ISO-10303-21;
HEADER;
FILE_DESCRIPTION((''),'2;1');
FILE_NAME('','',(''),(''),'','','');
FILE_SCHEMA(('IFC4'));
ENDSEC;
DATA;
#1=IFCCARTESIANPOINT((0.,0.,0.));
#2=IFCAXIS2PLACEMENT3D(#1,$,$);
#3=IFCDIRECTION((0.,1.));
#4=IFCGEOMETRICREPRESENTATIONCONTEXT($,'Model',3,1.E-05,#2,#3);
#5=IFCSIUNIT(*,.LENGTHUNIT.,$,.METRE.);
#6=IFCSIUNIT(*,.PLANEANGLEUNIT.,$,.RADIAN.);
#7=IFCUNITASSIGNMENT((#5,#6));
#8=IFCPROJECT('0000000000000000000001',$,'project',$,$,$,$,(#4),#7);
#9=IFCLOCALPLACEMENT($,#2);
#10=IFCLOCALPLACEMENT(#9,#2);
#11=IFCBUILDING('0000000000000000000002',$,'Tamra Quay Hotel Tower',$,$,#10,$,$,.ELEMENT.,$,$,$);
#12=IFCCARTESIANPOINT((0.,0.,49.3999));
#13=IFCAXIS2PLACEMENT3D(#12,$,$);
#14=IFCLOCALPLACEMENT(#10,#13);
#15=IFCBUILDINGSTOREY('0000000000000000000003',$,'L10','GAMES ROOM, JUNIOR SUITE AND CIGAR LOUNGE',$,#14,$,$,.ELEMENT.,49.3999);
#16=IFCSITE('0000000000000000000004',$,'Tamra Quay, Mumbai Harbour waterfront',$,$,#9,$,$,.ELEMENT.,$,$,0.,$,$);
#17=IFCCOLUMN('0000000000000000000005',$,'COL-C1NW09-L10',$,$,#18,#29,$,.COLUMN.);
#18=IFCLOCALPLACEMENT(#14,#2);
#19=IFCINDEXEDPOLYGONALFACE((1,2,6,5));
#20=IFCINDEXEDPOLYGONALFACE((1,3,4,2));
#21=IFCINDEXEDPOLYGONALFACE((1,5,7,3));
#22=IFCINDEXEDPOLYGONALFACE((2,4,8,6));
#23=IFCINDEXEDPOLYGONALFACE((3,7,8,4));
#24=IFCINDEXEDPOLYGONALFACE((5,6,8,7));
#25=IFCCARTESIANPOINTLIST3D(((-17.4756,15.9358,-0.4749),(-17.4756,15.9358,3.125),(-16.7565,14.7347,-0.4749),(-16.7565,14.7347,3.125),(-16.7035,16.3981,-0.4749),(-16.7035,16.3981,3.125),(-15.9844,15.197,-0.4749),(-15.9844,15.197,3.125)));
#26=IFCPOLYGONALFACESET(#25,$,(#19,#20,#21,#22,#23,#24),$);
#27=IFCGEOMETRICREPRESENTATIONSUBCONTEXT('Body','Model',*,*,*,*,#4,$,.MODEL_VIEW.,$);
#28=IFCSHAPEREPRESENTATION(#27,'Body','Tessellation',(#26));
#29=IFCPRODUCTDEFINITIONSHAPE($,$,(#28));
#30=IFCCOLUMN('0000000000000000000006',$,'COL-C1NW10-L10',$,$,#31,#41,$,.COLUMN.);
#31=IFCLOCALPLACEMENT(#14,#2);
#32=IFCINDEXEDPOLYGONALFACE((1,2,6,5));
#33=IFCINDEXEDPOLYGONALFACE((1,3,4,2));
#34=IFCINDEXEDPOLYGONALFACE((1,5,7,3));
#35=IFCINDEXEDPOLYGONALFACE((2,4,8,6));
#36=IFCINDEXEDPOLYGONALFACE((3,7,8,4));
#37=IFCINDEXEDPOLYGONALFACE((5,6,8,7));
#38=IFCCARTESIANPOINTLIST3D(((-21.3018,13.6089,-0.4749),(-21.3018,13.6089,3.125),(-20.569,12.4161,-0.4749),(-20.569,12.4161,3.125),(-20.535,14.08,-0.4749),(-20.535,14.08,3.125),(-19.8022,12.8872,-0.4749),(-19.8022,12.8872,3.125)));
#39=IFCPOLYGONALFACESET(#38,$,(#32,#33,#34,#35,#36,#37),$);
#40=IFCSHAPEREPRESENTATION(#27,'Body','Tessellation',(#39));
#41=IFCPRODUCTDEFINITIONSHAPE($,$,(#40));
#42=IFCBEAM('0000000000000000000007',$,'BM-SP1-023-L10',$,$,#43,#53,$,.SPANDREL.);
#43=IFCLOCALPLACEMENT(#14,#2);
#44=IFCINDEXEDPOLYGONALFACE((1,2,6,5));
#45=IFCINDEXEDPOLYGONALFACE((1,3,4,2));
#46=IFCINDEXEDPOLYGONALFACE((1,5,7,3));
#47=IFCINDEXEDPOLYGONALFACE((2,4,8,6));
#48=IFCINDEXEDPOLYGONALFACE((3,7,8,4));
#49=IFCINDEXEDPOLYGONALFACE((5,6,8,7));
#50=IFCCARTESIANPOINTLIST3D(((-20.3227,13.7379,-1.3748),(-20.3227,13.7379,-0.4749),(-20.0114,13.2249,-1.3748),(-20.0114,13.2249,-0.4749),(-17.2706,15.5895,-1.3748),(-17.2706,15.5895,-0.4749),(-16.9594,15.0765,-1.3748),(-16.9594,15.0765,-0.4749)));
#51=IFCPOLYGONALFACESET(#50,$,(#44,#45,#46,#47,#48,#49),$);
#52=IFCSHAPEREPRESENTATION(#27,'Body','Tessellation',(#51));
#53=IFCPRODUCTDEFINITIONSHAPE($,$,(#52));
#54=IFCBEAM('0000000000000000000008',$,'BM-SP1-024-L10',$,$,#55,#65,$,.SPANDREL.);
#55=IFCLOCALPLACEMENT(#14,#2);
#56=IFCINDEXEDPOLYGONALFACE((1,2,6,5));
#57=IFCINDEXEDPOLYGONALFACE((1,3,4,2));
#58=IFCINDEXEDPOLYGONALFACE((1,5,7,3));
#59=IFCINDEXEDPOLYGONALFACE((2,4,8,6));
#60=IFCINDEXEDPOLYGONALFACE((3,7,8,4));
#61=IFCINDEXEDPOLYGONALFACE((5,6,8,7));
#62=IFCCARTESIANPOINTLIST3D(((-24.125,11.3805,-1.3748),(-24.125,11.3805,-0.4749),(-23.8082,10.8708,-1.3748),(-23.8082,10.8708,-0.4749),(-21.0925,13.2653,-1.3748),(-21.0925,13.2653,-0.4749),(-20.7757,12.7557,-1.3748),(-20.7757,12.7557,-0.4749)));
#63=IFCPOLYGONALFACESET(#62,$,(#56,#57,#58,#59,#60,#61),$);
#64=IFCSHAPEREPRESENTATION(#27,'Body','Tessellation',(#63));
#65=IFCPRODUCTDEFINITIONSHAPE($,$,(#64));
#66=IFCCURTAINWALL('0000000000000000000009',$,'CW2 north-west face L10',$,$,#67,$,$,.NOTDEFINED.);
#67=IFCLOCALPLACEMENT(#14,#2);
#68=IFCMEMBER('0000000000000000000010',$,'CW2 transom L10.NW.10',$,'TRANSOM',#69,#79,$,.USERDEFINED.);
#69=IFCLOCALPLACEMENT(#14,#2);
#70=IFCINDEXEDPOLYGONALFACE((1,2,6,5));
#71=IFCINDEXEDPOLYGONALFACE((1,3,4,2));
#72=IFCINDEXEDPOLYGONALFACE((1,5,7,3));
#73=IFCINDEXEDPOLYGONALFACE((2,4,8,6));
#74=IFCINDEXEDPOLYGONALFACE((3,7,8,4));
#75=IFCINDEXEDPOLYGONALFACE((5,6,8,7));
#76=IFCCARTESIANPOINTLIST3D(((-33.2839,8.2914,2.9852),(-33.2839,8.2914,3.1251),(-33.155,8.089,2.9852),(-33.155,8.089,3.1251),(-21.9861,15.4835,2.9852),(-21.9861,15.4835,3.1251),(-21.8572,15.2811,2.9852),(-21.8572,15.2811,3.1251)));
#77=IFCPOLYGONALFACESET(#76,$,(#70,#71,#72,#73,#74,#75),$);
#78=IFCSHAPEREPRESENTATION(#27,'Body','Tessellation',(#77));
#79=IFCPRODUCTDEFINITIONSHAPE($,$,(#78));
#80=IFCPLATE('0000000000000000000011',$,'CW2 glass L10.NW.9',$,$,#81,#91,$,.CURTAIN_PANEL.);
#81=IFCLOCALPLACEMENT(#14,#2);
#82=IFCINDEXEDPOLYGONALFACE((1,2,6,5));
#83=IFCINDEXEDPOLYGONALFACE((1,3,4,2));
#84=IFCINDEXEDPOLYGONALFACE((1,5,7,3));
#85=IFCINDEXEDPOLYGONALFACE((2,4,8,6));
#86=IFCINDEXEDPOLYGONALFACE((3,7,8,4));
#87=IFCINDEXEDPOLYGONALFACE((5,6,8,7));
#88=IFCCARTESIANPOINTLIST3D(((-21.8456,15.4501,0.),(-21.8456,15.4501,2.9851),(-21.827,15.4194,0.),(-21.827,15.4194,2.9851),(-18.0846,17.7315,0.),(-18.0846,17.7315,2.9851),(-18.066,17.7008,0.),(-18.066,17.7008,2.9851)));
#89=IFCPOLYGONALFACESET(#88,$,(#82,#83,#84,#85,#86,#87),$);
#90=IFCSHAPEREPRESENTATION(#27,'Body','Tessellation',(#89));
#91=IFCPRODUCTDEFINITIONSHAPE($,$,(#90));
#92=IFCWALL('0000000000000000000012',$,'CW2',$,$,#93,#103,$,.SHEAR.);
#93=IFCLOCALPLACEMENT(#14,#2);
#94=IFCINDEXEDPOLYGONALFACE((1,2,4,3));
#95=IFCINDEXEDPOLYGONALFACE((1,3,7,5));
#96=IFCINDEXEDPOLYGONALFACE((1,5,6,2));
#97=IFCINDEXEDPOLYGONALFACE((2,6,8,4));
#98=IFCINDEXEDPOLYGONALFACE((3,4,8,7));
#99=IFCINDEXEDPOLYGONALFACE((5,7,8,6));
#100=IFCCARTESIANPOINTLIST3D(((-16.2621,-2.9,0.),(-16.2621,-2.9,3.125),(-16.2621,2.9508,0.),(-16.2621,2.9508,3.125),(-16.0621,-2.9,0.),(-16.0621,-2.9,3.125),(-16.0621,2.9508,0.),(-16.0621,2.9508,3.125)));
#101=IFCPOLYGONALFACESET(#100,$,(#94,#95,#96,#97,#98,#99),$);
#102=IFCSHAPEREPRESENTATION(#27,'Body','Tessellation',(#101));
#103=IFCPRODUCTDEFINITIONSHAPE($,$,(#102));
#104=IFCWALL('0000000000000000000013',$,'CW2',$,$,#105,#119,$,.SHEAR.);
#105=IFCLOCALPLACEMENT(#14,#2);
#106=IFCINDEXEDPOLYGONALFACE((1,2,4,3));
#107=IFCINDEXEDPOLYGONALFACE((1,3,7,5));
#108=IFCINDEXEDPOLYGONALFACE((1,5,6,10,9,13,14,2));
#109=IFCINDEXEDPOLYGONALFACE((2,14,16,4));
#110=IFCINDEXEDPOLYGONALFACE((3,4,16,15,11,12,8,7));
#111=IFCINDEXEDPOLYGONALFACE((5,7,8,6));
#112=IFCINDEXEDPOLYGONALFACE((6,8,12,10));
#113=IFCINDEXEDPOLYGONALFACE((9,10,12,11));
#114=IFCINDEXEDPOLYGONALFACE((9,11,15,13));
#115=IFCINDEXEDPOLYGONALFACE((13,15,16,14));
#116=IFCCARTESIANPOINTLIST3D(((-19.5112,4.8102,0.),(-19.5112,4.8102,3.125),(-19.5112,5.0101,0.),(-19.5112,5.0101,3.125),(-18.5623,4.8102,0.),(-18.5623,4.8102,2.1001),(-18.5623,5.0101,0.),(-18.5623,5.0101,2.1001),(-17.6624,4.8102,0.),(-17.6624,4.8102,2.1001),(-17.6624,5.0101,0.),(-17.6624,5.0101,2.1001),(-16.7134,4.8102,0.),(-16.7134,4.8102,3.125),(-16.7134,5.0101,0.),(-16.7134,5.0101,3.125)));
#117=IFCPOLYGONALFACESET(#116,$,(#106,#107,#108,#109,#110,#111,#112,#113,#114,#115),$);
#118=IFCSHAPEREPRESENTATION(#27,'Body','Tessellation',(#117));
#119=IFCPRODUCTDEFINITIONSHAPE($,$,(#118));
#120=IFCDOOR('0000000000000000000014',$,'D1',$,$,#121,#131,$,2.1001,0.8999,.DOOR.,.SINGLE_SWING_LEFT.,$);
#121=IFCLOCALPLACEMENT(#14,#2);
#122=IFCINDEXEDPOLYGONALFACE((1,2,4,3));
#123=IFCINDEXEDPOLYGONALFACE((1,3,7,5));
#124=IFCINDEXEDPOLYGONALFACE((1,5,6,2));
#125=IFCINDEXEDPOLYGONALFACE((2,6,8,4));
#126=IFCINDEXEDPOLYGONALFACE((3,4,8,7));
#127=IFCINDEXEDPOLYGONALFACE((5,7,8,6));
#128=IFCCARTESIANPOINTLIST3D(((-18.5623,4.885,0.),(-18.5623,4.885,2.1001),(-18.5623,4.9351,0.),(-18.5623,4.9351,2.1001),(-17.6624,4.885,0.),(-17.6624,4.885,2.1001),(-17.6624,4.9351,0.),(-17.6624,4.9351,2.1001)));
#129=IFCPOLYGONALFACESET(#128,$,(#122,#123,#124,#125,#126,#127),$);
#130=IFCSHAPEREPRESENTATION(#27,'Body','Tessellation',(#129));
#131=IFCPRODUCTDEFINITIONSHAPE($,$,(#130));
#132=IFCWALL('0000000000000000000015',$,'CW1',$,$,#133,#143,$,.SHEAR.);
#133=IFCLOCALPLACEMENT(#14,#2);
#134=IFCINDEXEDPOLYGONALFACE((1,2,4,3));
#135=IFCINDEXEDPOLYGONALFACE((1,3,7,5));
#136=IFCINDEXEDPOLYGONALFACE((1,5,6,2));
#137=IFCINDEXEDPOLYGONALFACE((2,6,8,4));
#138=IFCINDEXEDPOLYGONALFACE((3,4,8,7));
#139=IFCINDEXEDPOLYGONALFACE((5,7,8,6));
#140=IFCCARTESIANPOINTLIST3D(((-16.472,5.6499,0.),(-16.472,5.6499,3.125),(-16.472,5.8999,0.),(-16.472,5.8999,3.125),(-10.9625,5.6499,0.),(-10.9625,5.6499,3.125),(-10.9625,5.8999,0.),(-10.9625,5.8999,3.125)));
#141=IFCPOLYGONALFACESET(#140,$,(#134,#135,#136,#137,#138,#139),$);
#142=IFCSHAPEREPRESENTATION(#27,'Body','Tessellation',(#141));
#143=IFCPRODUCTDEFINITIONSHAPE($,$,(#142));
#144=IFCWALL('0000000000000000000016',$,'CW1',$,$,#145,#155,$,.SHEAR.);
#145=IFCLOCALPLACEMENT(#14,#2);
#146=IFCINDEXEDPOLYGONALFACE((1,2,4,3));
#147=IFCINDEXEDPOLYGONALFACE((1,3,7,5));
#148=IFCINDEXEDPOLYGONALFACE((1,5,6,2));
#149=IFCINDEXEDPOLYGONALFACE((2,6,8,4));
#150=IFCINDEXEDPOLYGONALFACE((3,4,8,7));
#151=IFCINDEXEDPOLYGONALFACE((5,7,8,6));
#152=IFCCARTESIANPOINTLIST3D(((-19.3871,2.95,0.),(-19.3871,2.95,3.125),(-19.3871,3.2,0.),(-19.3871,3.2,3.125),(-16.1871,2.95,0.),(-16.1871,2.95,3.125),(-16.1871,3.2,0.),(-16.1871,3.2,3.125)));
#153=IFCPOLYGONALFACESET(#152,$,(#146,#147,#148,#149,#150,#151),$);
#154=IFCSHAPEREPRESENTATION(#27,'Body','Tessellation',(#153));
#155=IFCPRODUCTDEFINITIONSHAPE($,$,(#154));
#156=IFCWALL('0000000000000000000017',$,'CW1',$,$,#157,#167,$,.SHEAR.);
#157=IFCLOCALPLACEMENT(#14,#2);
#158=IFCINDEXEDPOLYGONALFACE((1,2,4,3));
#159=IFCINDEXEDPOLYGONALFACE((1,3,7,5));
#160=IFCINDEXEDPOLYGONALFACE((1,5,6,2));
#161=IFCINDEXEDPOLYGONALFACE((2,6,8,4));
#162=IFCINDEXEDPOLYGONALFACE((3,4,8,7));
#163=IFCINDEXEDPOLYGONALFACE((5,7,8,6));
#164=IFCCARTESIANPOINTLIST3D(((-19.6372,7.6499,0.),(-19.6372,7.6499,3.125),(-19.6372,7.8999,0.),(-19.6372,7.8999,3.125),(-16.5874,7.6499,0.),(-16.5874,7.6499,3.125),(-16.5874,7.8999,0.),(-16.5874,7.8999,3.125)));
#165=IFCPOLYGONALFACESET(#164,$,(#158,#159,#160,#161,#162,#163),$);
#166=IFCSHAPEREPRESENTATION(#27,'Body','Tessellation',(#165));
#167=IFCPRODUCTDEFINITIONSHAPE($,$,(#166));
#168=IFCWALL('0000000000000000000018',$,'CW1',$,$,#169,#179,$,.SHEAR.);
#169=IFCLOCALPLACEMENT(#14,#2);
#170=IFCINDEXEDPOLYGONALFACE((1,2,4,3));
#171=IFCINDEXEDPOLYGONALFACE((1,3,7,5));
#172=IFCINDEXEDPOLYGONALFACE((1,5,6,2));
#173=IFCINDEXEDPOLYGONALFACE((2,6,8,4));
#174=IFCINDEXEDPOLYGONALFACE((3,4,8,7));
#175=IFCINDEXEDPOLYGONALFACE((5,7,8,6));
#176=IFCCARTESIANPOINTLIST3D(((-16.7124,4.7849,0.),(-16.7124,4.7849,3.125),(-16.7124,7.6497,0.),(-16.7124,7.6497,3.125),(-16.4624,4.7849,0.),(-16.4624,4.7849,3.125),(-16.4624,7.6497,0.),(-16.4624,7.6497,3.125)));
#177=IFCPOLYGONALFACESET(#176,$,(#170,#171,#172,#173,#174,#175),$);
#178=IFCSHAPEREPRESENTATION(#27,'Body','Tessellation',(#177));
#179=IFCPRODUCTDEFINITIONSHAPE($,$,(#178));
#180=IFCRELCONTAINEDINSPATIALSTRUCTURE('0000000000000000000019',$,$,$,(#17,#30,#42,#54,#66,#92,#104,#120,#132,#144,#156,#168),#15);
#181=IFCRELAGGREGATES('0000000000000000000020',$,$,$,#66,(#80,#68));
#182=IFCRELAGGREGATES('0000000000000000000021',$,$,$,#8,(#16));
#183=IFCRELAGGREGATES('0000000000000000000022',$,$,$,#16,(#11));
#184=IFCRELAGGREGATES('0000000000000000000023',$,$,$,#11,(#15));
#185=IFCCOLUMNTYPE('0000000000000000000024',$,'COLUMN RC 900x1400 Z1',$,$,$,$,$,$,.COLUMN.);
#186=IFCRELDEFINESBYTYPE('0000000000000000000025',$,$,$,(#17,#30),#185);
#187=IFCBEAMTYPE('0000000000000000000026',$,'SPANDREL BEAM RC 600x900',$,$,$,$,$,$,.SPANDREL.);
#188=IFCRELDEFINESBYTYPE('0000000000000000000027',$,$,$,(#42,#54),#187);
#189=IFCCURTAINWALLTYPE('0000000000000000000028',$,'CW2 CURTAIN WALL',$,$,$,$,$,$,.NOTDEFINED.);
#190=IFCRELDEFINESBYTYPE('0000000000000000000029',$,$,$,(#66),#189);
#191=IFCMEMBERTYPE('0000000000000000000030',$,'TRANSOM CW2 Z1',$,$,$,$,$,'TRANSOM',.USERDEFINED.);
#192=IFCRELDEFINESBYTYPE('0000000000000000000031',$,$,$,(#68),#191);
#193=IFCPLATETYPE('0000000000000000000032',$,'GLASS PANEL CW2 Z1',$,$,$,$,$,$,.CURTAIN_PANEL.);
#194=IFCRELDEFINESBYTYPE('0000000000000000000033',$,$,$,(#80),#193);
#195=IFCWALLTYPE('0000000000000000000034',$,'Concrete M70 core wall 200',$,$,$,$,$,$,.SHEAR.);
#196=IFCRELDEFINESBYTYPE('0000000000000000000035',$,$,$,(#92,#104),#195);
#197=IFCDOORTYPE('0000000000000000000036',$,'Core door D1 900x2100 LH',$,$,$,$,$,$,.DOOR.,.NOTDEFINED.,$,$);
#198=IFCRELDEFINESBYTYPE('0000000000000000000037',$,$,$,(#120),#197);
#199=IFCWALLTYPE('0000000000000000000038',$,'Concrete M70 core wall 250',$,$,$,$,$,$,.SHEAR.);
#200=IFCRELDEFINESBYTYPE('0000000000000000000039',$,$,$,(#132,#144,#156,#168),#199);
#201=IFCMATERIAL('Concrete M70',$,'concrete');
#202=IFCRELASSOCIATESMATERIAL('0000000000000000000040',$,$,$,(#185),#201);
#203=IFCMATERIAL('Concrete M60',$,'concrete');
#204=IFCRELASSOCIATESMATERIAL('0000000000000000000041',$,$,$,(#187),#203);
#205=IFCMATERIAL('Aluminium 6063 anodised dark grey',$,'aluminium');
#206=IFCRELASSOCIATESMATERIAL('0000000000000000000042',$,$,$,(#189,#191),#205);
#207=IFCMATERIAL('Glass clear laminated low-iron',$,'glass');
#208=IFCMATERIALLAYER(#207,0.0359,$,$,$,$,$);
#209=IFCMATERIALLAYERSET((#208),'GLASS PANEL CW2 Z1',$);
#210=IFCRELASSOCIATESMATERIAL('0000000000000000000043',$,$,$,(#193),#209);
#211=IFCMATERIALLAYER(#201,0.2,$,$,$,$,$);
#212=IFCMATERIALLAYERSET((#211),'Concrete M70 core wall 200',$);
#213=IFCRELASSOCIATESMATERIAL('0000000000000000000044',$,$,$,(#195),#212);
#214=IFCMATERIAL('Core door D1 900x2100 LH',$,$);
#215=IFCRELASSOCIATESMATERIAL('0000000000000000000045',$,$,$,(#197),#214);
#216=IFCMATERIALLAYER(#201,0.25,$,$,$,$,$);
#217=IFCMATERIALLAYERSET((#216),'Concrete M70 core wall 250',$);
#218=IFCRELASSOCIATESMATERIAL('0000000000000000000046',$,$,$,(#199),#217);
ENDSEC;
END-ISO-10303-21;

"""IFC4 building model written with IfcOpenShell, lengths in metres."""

from ifc_helpers import new_model, si_unit, direction, frame, frame_2d, origin, origin_2d, place, context, subcontext, project, spatial, rectangle, extrude, material, layer, layer_set, material_profile, profile_set, type_object, element, fill, aggregate, save


model = new_model("IFC4")

# Units and contexts
model_context = context("Model", 3, precision=1e-05, world=origin(), true_north=direction((0.0, 1.0)))
body_context = subcontext(model_context, "Body", "Model", "MODEL_VIEW")
ifc_project = project(units=[si_unit("LENGTHUNIT", "METRE"), si_unit("PLANEANGLEUNIT", "RADIAN")], contexts=[model_context])

# Site, building, storey
site_placement = place(None, origin())
site = spatial("IfcSite", under=ifc_project, at=site_placement, Name="Tamra Quay, Mumbai Harbour waterfront", CompositionType="ELEMENT", RefElevation=0.0)
building_placement = place(site_placement, origin())
building = spatial("IfcBuilding", under=site, at=building_placement, Name="Tamra Quay Hotel Tower", CompositionType="ELEMENT")
storey_placement = place(building_placement, frame((0.0, 0.0, 49.3999)))
storey = spatial("IfcBuildingStorey", under=building, at=storey_placement, Name="L10", Description="GAMES ROOM, JUNIOR SUITE AND CIGAR LOUNGE", CompositionType="ELEMENT", Elevation=49.3999)

# Columns
ifc_material_1 = material(Name="Concrete M70", Category="concrete")
ifc_material_profile_1 = material_profile(ifc_material_1, rectangle(XDim=1.3999, YDim=0.8999, at=origin_2d()), Name="COLUMN RC 900x1400 Z1")
ifc_profile_set_1 = profile_set([ifc_material_profile_1], Name="Concrete M70")
column_type = type_object("IfcColumnType", Name="COLUMN RC 900x1400 Z1", PredefinedType="COLUMN", material=ifc_profile_set_1)
for number, where, z_axis, x_axis, name in (
    (1, (-16.73, 15.5664, -0.4749), (0.0, 0.0, 1.0), (-0.513654, 0.857998, 0.0), "COL-C1NW09-L10"),
    (2, (-20.552, 13.248, -0.4749), (0.0, 0.0, 1.0), (-0.52343, 0.852069, 0.0), "COL-C1NW10-L10"),
):
    element("IfcColumn", number, at=place(storey_placement, frame(where, z_axis=z_axis, x_axis=x_axis)), inside=storey, type_object=column_type, Name=name, PredefinedType="COLUMN", context=body_context, shape_type="SweptSolid", body=[
        extrude(rectangle(XDim=1.3999, YDim=0.8999, at=origin_2d()), origin(), (0.0, 0.0, 1.0), 3.5999),
    ])

# Beams
ifc_material_2 = material(Name="Concrete M60", Category="concrete")
ifc_material_profile_2 = material_profile(ifc_material_2, rectangle(XDim=0.6001, YDim=0.8999, at=origin_2d()), Name="SPANDREL BEAM RC 600x900")
ifc_profile_set_2 = profile_set([ifc_material_profile_2], Name="Concrete M60")
beam_type = type_object("IfcBeamType", Name="SPANDREL BEAM RC 600x900", PredefinedType="SPANDREL", material=ifc_profile_set_2)
beam_1_placement = place(storey_placement, frame((-17.115, 15.333, -0.9248), z_axis=(-0.854966, -0.518684, 0.0), x_axis=(0.518684, -0.854966, 0.0)))
element("IfcBeam", 3, at=beam_1_placement, inside=storey, type_object=beam_type, Name="BM-SP1-023-L10", PredefinedType="SPANDREL", context=body_context, shape_type="SweptSolid", body=[
    extrude(rectangle(XDim=0.6001, YDim=0.8999, at=origin_2d()), origin(), (0.0, 0.0, 1.0), 3.5698),
])
beam_2_placement = place(storey_placement, frame((-20.9341, 13.0105, -0.9248), z_axis=(-0.849321, -0.527877, 0.0), x_axis=(0.527877, -0.849321, 0.0)))
element("IfcBeam", 4, at=beam_2_placement, inside=storey, type_object=beam_type, Name="BM-SP1-024-L10", PredefinedType="SPANDREL", context=body_context, shape_type="SweptSolid", body=[
    extrude(rectangle(XDim=0.6001, YDim=0.8999, at=origin_2d()), origin(), (0.0, 0.0, 1.0), 3.5706),
])

# Curtain wall, member, plate
ifc_material_3 = material(Name="Aluminium 6063 anodised dark grey", Category="aluminium")
curtain_wall_type = type_object("IfcCurtainWallType", Name="CW2 CURTAIN WALL", PredefinedType="NOTDEFINED", material=ifc_material_3)
curtain_wall_placement = place(storey_placement, origin())
curtain_wall = element("IfcCurtainWall", 5, at=curtain_wall_placement, inside=storey, type_object=curtain_wall_type, Name="CW2 north-west face L10", PredefinedType="NOTDEFINED")
ifc_material_profile_3 = material_profile(ifc_material_3, rectangle(XDim=0.24, YDim=0.1399, at=origin_2d()), Name="TRANSOM 240X140")
ifc_profile_set_3 = profile_set([ifc_material_profile_3], Name="Aluminium 6063 anodised dark grey")
member_type = type_object("IfcMemberType", Name="TRANSOM CW2 Z1", ElementType="TRANSOM", PredefinedType="USERDEFINED", material=ifc_profile_set_3)
member_placement = place(storey_placement, frame((-21.9216, 15.3823, 3.0552), z_axis=(-0.843574, -0.537013, 0.0), x_axis=(0.537013, -0.843574, 0.0)))
member = element("IfcMember", 6, at=member_placement, type_object=member_type, Name="CW2 transom L10.NW.10", ObjectType="TRANSOM", PredefinedType="USERDEFINED", context=body_context, shape_type="SweptSolid", body=[
    extrude(rectangle(XDim=0.24, YDim=0.1399, at=origin_2d()), origin(), (0.0, 0.0, 1.0), 13.3928),
])
ifc_material_4 = material(Name="Glass clear laminated low-iron", Category="glass")
ifc_layer_1 = layer(ifc_material_4, 0.0359)
ifc_layer_set_1 = layer_set([ifc_layer_1], Name="GLASS PANEL CW2 Z1")
plate_type = type_object("IfcPlateType", Name="GLASS PANEL CW2 Z1", PredefinedType="CURTAIN_PANEL", material=ifc_layer_set_1)
plate_placement = place(storey_placement, frame((-19.9558, 16.5754, 0.0), z_axis=(0.0, 0.0, 1.0), x_axis=(-0.854994, -0.518639, 0.0)))
plate = element("IfcPlate", 7, at=plate_placement, type_object=plate_type, Name="CW2 glass L10.NW.9", PredefinedType="CURTAIN_PANEL", context=body_context, shape_type="SweptSolid", body=[
    extrude(rectangle(XDim=4.3989, YDim=0.0359, at=origin_2d()), origin(), (0.0, 0.0, 1.0), 2.9851),
])
aggregate(curtain_wall, [plate, member])

# Wall
ifc_layer_2 = layer(ifc_material_1, 0.2)
ifc_layer_set_2 = layer_set([ifc_layer_2], Name="Concrete M70 core wall 200")
wall_type_1 = type_object("IfcWallType", Name="Concrete M70 core wall 200", PredefinedType="SHEAR", material=ifc_layer_set_2)
wall_1_placement = place(storey_placement, frame((-16.1621, 2.9507, 0.0), z_axis=(0.0, 0.0, 1.0), x_axis=(0.0, -1.0, 0.0)))
element("IfcWall", 8, at=wall_1_placement, inside=storey, type_object=wall_type_1, Name="CW2", PredefinedType="SHEAR", context=body_context, shape_type="SweptSolid", body=[
    extrude(rectangle(XDim=5.8508, YDim=0.2, at=frame_2d((2.9253, 0.0))), origin(), (0.0, 0.0, 1.0), 3.125),
])

# Wall, opening, door
wall_2_placement = place(storey_placement, frame((-19.5112, 4.9102, 0.0), z_axis=(0.0, 0.0, 1.0), x_axis=(1.0, 0.0, 0.0)))
wall_2 = element("IfcWall", 9, at=wall_2_placement, inside=storey, type_object=wall_type_1, Name="CW2", PredefinedType="SHEAR", context=body_context, shape_type="SweptSolid", body=[
    extrude(rectangle(XDim=2.7979, YDim=0.2, at=frame_2d((1.3989, 0.0))), origin(), (0.0, 0.0, 1.0), 3.125),
])
opening_1_placement = place(wall_2_placement, frame((0.949, 0.0, 0.0)))
opening_1 = element("IfcOpeningElement", 10, at=opening_1_placement, cuts=wall_2, PredefinedType="OPENING", context=body_context, shape_type="SweptSolid", body=[
    extrude(rectangle(XDim=0.8999, YDim=2.1001, at=frame_2d((0.45, 1.05))), frame((0.0, 0.1099, 0.0), z_axis=(0.0, -1.0, 0.0), x_axis=(1.0, 0.0, 0.0)), (0.0, 0.0, 1.0), 0.22),
])
ifc_material_5 = material(Name="Core door D1 900x2100 LH")
door_type_1 = type_object("IfcDoorType", Name="Core door D1 900x2100 LH", OperationType="NOTDEFINED", PredefinedType="DOOR", material=ifc_material_5)
door_1_placement = place(opening_1_placement, origin())
door_1 = element("IfcDoor", 11, at=door_1_placement, inside=storey, type_object=door_type_1, Name="D1", OperationType="SINGLE_SWING_LEFT", OverallHeight=2.1001, OverallWidth=0.8999, PredefinedType="DOOR", context=body_context, shape_type="SweptSolid", body=[
    extrude(rectangle(XDim=0.8999, YDim=2.1001, at=frame_2d((0.45, 1.05))), frame((0.0, 0.0249, 0.0), z_axis=(0.0, -1.0, 0.0), x_axis=(1.0, 0.0, 0.0)), (0.0, 0.0, 1.0), 0.05),
])
fill(opening_1, door_1)

# Walls
ifc_layer_3 = layer(ifc_material_1, 0.25)
ifc_layer_set_3 = layer_set([ifc_layer_3], Name="Concrete M70 core wall 250")
wall_type_2 = type_object("IfcWallType", Name="Concrete M70 core wall 250", PredefinedType="SHEAR", material=ifc_layer_set_3)
wall_3_placement = place(storey_placement, frame((-16.4722, 5.7749, 0.0), z_axis=(0.0, 0.0, 1.0), x_axis=(1.0, 0.0, 0.0)))
element("IfcWall", 12, at=wall_3_placement, inside=storey, type_object=wall_type_2, Name="CW1", PredefinedType="SHEAR", context=body_context, shape_type="SweptSolid", body=[
    extrude(rectangle(XDim=5.5095, YDim=0.25, at=frame_2d((2.7549, 0.0))), origin(), (0.0, 0.0, 1.0), 3.125),
])
wall_4_placement = place(storey_placement, frame((-19.3872, 3.075, 0.0), z_axis=(0.0, 0.0, 1.0), x_axis=(1.0, 0.0, 0.0)))
element("IfcWall", 13, at=wall_4_placement, inside=storey, type_object=wall_type_2, Name="CW1", PredefinedType="SHEAR", context=body_context, shape_type="SweptSolid", body=[
    extrude(rectangle(XDim=3.2, YDim=0.25, at=frame_2d((1.6001, 0.0))), origin(), (0.0, 0.0, 1.0), 3.125),
])
wall_5_placement = place(storey_placement, frame((-19.6372, 7.7749, 0.0), z_axis=(0.0, 0.0, 1.0), x_axis=(1.0, 0.0, 0.0)))
element("IfcWall", 14, at=wall_5_placement, inside=storey, type_object=wall_type_2, Name="CW1", PredefinedType="SHEAR", context=body_context, shape_type="SweptSolid", body=[
    extrude(rectangle(XDim=3.0498, YDim=0.25, at=frame_2d((1.5249, 0.0))), origin(), (0.0, 0.0, 1.0), 3.125),
])
for number, where, z_axis, x_axis, name in (
    (15, (-16.5874, 7.6497, 0.0), (0.0, 0.0, 1.0), (0.0, -1.0, 0.0), "CW1"),
):
    element("IfcWall", number, at=place(storey_placement, frame(where, z_axis=z_axis, x_axis=x_axis)), inside=storey, type_object=wall_type_2, Name=name, PredefinedType="SHEAR", context=body_context, shape_type="SweptSolid", body=[
        extrude(rectangle(XDim=2.8647, YDim=0.25, at=frame_2d((1.4324, 0.0))), origin(), (0.0, 0.0, 1.0), 3.125),
    ])

save(model, "model.ifc")
